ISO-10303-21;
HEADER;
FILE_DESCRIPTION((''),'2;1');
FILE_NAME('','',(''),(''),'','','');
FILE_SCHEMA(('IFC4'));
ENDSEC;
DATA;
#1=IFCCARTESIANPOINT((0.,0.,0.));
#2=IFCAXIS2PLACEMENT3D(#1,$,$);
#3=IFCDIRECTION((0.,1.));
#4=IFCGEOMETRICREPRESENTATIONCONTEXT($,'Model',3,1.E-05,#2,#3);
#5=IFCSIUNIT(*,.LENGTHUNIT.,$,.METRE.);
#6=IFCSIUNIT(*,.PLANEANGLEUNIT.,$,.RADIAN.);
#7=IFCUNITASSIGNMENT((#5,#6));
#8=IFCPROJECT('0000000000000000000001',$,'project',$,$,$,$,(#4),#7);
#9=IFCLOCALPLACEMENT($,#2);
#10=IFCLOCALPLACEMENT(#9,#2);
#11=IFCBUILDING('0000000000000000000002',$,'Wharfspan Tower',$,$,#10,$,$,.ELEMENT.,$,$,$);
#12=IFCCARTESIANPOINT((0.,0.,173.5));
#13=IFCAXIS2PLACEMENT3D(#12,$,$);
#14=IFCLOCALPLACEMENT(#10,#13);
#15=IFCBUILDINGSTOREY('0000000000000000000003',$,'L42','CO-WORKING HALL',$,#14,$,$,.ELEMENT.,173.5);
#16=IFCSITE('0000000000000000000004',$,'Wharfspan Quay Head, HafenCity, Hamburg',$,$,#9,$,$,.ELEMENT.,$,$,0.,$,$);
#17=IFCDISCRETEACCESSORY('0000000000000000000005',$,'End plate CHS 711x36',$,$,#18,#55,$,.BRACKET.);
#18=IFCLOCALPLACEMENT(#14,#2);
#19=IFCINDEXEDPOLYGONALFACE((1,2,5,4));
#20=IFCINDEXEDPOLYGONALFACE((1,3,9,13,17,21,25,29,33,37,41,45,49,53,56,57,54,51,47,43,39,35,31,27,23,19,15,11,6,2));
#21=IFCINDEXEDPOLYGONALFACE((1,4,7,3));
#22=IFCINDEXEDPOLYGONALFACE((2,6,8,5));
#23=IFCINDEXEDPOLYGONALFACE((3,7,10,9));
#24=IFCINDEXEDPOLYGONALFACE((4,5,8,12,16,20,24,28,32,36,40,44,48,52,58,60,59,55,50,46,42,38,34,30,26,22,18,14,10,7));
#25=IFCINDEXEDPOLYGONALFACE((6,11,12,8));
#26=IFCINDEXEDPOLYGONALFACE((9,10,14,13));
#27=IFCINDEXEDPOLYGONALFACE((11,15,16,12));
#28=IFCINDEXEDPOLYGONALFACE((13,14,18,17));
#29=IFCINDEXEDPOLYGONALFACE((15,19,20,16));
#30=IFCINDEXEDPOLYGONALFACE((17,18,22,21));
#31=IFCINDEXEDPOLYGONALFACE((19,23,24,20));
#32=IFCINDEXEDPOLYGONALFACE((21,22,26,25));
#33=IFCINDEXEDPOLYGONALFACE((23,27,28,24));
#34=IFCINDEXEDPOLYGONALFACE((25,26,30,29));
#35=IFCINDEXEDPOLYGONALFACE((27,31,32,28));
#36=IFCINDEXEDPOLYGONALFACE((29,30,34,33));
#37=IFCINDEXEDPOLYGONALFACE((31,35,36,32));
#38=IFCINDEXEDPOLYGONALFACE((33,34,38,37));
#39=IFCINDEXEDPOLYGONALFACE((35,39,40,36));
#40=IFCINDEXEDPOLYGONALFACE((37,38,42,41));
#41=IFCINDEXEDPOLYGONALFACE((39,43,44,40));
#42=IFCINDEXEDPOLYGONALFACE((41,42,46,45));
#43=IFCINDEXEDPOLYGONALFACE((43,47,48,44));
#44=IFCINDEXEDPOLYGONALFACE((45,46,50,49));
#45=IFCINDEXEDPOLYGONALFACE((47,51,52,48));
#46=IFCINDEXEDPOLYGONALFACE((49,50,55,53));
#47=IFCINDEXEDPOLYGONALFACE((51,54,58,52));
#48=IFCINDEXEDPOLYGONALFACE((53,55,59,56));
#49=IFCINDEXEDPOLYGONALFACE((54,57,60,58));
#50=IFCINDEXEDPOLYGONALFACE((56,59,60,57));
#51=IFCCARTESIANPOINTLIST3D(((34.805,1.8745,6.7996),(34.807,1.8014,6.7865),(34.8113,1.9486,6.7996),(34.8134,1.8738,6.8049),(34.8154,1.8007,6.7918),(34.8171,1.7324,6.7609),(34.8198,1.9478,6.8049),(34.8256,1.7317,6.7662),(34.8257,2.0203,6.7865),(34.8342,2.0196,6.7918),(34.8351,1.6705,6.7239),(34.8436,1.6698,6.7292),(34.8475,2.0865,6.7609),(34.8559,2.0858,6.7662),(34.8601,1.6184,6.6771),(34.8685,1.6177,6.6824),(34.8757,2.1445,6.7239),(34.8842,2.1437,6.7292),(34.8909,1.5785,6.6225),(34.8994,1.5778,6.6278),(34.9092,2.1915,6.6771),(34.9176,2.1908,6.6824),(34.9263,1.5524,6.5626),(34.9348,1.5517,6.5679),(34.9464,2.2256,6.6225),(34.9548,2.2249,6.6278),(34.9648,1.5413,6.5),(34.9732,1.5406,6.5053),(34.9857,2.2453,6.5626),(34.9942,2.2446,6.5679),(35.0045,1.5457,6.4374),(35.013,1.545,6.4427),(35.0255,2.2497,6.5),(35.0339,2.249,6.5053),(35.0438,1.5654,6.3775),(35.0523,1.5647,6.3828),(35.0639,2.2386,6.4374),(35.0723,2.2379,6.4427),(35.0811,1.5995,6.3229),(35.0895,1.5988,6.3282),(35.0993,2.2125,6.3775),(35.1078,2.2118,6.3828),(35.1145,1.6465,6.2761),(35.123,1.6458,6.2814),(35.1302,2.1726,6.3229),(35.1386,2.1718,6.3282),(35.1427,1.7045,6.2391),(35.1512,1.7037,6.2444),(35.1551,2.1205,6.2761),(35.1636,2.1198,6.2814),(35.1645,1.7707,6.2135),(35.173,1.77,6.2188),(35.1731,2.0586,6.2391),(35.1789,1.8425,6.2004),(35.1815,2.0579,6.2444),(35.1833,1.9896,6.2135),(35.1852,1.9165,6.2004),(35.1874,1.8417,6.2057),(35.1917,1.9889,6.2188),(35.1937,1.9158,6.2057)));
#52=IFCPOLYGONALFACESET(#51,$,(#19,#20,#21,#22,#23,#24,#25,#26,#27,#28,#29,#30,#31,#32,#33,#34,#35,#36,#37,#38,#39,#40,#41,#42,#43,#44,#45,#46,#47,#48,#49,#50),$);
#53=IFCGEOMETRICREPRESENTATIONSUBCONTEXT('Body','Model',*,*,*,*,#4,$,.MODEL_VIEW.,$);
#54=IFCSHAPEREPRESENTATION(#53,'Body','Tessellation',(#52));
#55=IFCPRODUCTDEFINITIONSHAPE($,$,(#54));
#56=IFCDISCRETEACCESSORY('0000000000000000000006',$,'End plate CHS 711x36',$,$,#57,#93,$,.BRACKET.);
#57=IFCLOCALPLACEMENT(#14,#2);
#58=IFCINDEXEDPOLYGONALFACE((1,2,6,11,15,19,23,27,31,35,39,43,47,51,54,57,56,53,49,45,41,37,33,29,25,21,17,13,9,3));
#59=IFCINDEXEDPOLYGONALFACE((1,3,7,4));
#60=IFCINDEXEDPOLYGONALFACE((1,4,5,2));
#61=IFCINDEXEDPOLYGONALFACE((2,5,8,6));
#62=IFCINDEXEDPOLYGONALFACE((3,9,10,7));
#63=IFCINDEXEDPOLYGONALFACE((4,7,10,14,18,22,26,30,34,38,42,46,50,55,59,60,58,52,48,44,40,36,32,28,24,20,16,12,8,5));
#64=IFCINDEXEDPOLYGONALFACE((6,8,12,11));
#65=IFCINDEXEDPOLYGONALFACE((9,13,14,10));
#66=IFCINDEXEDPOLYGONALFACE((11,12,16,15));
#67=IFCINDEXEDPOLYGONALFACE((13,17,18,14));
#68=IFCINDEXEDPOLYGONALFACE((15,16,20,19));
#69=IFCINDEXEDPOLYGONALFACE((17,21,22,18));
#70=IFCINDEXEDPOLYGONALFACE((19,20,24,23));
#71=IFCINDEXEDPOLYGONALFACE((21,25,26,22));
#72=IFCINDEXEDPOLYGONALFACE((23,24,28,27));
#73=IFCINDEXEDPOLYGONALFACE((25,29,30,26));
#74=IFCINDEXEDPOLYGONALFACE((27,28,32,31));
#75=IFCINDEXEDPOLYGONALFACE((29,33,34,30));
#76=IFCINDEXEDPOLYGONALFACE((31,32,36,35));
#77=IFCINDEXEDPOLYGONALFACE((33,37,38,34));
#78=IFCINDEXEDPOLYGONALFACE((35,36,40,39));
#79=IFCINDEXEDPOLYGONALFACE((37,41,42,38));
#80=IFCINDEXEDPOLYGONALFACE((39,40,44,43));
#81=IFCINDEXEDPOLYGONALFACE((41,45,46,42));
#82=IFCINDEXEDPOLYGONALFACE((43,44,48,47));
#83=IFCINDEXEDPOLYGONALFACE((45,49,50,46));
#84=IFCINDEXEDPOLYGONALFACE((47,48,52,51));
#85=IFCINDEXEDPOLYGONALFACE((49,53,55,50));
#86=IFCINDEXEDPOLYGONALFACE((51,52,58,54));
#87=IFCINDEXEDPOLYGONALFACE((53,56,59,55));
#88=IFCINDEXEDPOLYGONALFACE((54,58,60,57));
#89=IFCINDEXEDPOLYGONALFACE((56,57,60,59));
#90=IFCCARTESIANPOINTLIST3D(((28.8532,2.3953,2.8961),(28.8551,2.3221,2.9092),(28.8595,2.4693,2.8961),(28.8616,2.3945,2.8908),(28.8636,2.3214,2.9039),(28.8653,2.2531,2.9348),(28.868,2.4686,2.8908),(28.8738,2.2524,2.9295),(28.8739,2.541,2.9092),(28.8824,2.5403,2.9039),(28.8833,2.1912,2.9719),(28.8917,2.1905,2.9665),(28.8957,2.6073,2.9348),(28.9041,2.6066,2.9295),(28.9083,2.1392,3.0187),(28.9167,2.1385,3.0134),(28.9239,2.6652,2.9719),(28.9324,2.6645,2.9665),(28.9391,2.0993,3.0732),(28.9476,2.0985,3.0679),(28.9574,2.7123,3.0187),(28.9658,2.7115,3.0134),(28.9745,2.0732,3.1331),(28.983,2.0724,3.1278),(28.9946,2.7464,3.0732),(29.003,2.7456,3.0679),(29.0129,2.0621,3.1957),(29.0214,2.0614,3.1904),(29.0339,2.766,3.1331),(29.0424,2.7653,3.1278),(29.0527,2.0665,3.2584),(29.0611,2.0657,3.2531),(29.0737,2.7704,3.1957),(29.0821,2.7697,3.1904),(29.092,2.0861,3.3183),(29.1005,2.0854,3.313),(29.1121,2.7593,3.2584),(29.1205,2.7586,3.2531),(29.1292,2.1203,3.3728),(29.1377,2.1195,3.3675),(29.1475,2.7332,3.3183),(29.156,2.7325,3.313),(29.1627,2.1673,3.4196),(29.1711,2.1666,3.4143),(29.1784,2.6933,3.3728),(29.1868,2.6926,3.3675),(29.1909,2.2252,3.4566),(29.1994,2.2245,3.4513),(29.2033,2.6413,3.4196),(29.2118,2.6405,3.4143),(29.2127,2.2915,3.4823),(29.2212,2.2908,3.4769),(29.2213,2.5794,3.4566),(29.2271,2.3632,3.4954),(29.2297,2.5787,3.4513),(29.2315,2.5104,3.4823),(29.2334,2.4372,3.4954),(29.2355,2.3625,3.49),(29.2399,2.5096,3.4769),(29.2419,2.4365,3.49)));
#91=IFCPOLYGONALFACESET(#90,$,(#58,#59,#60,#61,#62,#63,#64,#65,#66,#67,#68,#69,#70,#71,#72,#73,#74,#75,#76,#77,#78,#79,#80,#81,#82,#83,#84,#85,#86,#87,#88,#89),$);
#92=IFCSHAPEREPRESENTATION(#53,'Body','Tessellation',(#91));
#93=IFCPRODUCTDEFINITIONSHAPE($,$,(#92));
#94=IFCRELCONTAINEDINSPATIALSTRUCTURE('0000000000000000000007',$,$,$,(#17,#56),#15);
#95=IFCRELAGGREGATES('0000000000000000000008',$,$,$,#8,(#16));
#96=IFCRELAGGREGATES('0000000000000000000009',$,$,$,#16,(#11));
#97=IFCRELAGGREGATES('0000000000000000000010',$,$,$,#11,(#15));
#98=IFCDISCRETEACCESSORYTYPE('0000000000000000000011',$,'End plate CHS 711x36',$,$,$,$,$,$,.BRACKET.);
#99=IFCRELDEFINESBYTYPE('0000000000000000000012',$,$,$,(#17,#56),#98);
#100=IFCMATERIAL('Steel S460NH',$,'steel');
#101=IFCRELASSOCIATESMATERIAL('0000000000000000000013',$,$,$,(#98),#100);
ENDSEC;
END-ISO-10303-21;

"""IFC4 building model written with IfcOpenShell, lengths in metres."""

from ifc_helpers import new_model, si_unit, direction, frame, origin, origin_2d, place, context, subcontext, project, spatial, circle, extrude, material, material_profile, profile_set, type_object, element, save


model = new_model("IFC4")

# Units and contexts
model_context = context("Model", 3, precision=1e-05, world=origin(), true_north=direction((0.0, 1.0)))
body_context = subcontext(model_context, "Body", "Model", "MODEL_VIEW")
ifc_project = project(units=[si_unit("LENGTHUNIT", "METRE"), si_unit("PLANEANGLEUNIT", "RADIAN")], contexts=[model_context])

# Site, building, storey
site_placement = place(None, origin())
site = spatial("IfcSite", under=ifc_project, at=site_placement, Name="Wharfspan Quay Head, HafenCity, Hamburg", CompositionType="ELEMENT", RefElevation=0.0)
building_placement = place(site_placement, origin())
building = spatial("IfcBuilding", under=site, at=building_placement, Name="Wharfspan Tower", CompositionType="ELEMENT")
storey_placement = place(building_placement, frame((0.0, 0.0, 173.5)))
storey = spatial("IfcBuildingStorey", under=building, at=storey_placement, Name="L42", Description="CO-WORKING HALL", CompositionType="ELEMENT", Elevation=173.5)

# Shared definitions
ifc_material_1 = material(Name="Steel S460NH", Category="steel")

# Discrete accessories
ifc_material_profile_1 = material_profile(ifc_material_1, circle(Radius=0.3555, at=origin_2d()))
ifc_profile_set_1 = profile_set([ifc_material_profile_1], Name="Steel S460NH")
discrete_accessory_type = type_object("IfcDiscreteAccessoryType", Name="End plate CHS 711x36", PredefinedType="BRACKET", material=ifc_profile_set_1)
for number, where, z_axis, x_axis, name in (
    (1, (34.9951, 1.8955, 6.5), (0.844416, -0.072379, 0.530776), (0.085402, 0.99635, 0.0), "End plate CHS 711x36"),
    (2, (29.0518, 2.4155, 3.1904), (-0.844416, 0.072379, 0.530776), (-0.085402, -0.99635, 0.0), "End plate CHS 711x36"),
):
    element("IfcDiscreteAccessory", number, at=place(storey_placement, frame(where, z_axis=z_axis, x_axis=x_axis)), inside=storey, type_object=discrete_accessory_type, Name=name, PredefinedType="BRACKET", context=body_context, shape_type="SweptSolid", body=[
        extrude(circle(Radius=0.3555, at=origin_2d()), origin(), (0.0, 0.0, 1.0), 0.01),
    ])

save(model, "model.ifc")
